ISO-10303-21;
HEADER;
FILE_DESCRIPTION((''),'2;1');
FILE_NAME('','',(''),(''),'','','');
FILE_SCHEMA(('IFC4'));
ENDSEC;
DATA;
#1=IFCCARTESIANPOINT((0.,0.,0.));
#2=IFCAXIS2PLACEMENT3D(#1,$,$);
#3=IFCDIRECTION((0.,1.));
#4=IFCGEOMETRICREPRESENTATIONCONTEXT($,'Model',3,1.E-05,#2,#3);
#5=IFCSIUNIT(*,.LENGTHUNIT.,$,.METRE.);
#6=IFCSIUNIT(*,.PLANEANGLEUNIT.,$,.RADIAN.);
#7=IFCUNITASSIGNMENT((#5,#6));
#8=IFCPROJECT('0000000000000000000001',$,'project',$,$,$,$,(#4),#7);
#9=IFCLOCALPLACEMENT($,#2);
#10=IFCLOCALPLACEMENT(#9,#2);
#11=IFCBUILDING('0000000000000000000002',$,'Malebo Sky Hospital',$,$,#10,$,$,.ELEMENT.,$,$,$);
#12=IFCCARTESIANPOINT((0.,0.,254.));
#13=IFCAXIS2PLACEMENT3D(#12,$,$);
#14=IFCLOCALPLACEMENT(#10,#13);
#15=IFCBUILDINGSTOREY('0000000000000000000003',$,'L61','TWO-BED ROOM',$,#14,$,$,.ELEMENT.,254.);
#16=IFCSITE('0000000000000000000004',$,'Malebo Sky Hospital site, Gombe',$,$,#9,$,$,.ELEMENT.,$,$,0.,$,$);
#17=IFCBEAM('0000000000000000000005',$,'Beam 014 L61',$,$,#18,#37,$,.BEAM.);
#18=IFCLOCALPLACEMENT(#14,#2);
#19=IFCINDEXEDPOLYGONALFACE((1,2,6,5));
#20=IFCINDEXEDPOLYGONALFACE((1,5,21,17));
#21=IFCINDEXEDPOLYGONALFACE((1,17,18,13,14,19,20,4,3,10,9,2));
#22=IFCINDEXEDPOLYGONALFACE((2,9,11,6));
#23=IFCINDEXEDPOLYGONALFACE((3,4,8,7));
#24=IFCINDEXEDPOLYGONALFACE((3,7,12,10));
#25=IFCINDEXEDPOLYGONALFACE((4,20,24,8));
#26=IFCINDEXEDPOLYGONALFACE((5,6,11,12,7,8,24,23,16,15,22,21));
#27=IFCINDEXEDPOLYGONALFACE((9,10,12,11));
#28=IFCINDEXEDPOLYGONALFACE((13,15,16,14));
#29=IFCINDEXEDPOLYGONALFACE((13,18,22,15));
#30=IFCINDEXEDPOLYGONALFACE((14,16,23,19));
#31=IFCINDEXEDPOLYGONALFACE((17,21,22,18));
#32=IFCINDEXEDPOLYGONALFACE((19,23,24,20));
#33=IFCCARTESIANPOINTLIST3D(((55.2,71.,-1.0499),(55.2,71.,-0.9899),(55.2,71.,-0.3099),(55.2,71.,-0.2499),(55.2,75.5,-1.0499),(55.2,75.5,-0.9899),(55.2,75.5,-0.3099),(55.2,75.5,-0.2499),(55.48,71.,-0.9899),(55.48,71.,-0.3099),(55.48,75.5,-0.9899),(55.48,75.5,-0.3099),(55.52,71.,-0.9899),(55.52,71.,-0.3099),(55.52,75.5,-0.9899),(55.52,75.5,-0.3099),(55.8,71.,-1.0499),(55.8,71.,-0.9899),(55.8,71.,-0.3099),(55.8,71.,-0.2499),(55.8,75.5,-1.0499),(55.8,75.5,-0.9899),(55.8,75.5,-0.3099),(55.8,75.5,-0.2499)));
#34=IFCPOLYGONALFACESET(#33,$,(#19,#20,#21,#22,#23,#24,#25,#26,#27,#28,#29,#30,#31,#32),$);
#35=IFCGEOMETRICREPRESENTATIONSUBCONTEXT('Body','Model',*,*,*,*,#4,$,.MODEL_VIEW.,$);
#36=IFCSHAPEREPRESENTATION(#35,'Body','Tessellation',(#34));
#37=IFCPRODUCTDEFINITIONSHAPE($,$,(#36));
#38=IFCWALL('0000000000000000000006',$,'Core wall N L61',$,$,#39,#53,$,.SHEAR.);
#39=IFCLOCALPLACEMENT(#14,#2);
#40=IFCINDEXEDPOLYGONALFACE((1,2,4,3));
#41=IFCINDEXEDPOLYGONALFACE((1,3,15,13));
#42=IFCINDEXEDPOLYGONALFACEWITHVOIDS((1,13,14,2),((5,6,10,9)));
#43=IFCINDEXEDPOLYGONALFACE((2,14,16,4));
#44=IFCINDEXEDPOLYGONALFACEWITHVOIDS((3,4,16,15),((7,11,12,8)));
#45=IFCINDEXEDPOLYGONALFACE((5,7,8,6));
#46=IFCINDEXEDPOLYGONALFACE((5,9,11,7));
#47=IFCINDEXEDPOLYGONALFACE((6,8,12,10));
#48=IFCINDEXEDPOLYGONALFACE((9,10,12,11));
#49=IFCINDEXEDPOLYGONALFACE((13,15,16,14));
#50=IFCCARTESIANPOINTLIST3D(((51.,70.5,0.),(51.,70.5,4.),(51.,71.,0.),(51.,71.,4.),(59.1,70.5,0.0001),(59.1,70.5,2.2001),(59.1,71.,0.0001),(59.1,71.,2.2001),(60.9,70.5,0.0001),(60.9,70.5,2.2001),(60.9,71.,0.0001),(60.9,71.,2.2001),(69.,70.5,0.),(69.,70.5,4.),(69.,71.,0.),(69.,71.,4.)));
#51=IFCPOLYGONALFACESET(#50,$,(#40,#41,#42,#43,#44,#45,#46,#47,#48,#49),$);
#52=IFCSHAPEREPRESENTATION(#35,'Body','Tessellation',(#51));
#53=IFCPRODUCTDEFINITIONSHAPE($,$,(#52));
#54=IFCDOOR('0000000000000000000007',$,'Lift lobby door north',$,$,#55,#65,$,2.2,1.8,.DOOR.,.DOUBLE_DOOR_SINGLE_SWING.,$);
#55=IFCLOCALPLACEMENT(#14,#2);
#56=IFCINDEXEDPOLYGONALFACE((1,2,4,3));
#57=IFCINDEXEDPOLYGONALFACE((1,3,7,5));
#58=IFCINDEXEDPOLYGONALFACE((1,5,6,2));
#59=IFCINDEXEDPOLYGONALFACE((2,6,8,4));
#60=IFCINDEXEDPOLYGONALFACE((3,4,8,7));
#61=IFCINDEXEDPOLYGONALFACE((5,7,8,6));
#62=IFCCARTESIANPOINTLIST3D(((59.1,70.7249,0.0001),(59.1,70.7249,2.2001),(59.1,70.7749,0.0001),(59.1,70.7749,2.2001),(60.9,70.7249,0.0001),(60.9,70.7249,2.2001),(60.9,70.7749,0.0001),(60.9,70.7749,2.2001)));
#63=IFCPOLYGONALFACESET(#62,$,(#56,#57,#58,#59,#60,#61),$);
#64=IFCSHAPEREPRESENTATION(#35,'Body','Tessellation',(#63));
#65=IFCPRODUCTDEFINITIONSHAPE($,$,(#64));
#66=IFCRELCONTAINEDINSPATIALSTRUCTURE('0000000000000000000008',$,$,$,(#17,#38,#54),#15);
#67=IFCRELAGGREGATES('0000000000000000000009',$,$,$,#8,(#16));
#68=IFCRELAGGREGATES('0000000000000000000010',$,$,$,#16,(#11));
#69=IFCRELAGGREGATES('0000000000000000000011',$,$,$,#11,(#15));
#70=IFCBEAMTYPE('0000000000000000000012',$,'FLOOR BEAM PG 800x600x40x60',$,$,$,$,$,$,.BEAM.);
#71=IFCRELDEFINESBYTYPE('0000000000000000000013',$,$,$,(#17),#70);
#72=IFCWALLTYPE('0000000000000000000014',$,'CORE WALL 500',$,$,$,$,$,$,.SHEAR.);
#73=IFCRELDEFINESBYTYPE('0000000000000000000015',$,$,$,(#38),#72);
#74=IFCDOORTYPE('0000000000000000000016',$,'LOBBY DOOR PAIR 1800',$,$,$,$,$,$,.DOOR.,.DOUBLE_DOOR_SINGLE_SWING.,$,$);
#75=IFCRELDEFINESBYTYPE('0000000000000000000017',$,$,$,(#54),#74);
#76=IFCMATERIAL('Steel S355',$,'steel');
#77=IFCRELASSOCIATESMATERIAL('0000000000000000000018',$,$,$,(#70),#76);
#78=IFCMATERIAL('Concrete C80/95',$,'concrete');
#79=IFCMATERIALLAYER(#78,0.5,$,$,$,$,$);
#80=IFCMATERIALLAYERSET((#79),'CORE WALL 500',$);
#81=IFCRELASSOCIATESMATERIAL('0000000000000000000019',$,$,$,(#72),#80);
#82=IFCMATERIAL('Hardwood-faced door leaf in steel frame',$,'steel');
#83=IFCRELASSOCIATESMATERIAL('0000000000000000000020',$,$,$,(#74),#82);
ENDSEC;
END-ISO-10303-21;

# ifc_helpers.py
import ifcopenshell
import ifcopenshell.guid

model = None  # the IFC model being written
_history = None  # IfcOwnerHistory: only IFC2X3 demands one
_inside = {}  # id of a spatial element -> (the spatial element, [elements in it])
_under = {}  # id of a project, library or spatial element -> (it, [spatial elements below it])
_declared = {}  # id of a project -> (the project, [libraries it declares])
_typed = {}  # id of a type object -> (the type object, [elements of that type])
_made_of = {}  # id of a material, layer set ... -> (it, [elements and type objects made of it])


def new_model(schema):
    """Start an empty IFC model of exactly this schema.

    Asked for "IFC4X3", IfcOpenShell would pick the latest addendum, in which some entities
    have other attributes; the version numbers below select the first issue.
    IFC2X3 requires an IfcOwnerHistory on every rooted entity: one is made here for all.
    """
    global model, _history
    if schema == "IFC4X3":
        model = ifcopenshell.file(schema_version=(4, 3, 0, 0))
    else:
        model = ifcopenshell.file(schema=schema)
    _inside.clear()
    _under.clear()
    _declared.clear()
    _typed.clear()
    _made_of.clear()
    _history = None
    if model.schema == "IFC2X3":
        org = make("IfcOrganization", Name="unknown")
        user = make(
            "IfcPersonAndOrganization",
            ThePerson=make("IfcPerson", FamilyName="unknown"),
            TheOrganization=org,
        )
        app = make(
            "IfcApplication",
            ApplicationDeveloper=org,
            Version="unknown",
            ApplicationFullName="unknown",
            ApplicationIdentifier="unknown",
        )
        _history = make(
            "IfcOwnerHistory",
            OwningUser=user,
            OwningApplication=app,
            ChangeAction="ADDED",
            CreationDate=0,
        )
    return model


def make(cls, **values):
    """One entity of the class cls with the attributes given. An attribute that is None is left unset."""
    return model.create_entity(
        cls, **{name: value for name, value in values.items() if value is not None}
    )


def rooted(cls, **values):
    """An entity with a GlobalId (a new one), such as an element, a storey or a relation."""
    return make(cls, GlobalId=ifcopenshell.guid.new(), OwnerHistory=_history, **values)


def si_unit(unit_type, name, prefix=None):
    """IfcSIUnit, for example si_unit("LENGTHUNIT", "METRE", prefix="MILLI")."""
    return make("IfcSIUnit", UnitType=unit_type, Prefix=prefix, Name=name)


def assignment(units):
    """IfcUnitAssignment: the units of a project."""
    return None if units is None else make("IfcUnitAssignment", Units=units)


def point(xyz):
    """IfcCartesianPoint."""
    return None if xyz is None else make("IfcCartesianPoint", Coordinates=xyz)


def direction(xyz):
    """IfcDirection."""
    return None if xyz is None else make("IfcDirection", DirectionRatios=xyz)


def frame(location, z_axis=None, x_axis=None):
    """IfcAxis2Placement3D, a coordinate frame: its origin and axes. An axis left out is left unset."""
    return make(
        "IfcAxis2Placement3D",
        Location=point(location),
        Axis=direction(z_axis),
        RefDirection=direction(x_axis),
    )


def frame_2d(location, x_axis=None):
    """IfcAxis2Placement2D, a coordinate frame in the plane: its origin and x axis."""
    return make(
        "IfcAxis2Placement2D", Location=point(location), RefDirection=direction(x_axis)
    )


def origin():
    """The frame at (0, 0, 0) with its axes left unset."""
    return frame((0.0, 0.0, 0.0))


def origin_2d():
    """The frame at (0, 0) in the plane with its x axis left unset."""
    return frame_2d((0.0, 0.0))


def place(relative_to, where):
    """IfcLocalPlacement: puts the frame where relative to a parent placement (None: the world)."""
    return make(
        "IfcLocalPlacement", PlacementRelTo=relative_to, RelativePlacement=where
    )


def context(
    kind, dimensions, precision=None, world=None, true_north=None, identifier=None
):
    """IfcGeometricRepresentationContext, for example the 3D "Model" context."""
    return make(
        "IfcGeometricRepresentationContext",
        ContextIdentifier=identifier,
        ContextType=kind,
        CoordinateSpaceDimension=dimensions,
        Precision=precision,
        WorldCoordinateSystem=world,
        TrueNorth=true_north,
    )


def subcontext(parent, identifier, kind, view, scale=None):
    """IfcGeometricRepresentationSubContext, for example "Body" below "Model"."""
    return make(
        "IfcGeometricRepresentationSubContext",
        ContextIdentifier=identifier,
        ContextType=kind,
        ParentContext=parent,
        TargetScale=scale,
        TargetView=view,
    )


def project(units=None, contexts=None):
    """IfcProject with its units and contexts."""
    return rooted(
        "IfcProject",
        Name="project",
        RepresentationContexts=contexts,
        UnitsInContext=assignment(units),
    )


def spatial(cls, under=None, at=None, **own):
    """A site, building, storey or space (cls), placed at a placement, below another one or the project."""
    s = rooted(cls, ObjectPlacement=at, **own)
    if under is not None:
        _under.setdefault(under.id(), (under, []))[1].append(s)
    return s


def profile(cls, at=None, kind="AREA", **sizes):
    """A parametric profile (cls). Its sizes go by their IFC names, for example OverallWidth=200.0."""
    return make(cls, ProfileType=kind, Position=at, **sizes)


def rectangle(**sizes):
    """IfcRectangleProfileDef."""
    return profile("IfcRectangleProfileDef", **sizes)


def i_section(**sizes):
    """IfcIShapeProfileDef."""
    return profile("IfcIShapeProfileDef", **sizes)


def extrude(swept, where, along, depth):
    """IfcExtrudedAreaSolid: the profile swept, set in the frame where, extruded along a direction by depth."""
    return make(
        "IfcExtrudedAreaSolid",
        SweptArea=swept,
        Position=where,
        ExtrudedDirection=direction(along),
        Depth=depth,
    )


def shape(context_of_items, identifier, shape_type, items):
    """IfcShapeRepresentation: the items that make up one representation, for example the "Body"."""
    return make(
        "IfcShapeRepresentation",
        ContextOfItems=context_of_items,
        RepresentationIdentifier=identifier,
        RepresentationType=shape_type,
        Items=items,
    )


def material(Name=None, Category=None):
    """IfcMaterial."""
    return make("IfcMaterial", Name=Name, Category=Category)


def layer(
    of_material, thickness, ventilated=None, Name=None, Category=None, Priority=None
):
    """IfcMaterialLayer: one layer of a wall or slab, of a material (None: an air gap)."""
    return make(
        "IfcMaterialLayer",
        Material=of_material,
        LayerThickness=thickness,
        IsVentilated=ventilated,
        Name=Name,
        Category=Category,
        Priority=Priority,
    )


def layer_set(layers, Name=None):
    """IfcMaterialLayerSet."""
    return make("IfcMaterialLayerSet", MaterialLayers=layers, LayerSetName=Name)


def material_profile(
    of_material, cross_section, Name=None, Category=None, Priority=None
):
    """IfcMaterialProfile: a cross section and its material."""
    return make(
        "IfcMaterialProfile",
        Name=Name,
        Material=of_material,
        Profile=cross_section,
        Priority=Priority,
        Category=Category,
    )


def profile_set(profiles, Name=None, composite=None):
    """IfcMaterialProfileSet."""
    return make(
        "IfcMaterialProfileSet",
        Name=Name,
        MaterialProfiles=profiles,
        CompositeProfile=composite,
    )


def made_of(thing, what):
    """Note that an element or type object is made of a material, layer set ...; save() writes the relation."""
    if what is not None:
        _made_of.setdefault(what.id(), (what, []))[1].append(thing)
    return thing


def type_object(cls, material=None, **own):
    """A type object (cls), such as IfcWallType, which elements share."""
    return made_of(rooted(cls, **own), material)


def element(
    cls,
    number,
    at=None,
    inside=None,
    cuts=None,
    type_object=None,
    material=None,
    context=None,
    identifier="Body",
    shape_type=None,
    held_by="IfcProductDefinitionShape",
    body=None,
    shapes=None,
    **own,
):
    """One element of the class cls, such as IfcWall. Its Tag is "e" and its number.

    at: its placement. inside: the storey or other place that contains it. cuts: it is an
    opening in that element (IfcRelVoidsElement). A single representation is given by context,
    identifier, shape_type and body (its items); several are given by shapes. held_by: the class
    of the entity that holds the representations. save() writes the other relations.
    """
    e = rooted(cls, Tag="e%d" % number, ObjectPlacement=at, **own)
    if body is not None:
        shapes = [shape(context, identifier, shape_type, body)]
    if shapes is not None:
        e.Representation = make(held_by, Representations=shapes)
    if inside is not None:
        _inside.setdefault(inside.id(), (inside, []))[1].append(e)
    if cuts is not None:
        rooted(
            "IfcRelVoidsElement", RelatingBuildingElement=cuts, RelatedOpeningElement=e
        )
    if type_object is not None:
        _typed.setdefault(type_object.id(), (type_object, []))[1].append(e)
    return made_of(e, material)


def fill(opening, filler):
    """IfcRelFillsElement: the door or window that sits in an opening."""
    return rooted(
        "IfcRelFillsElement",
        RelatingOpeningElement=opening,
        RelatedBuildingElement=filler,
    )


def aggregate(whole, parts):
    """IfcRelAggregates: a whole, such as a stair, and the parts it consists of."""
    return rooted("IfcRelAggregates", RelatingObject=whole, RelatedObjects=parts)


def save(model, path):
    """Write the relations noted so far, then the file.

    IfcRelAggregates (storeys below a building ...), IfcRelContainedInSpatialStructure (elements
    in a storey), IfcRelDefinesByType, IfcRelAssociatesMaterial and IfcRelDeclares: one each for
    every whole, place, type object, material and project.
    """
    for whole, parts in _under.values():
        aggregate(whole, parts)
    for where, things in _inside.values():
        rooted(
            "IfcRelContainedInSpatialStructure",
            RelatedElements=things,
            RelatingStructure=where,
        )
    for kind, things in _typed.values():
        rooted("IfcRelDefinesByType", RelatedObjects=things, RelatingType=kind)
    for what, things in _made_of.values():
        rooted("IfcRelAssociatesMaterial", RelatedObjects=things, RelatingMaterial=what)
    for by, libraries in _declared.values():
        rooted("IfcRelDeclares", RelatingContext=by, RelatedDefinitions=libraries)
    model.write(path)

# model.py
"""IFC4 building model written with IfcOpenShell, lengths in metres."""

from ifc_helpers import new_model, si_unit, direction, frame, frame_2d, origin, origin_2d, place, context, subcontext, project, spatial, rectangle, i_section, extrude, material, layer, layer_set, material_profile, profile_set, type_object, element, fill, save


model = new_model("IFC4")

# Units and contexts
model_context = context("Model", 3, precision=1e-05, world=origin(), true_north=direction((0.0, 1.0)))
body_context = subcontext(model_context, "Body", "Model", "MODEL_VIEW")
ifc_project = project(units=[si_unit("LENGTHUNIT", "METRE"), si_unit("PLANEANGLEUNIT", "RADIAN")], contexts=[model_context])

# Site, building, storey
site_placement = place(None, origin())
site = spatial("IfcSite", under=ifc_project, at=site_placement, Name="Malebo Sky Hospital site, Gombe", CompositionType="ELEMENT", RefElevation=0.0)
building_placement = place(site_placement, origin())
building = spatial("IfcBuilding", under=site, at=building_placement, Name="Malebo Sky Hospital", CompositionType="ELEMENT")
storey_placement = place(building_placement, frame((0.0, 0.0, 254.0)))
storey = spatial("IfcBuildingStorey", under=building, at=storey_placement, Name="L61", Description="TWO-BED ROOM", CompositionType="ELEMENT", Elevation=254.0)

# Beam
ifc_material_1 = material(Name="Steel S355", Category="steel")
ifc_material_profile = material_profile(ifc_material_1, i_section(OverallWidth=0.6001, OverallDepth=0.8, WebThickness=0.04, FlangeThickness=0.0601, at=origin_2d()), Name="PG 800x600x40x60")
ifc_profile_set = profile_set([ifc_material_profile], Name="Steel S355")
beam_type = type_object("IfcBeamType", Name="FLOOR BEAM PG 800x600x40x60", PredefinedType="BEAM", material=ifc_profile_set)
beam_placement = place(storey_placement, frame((55.5, 71.0, -0.6499), z_axis=(0.0, 1.0, 0.0), x_axis=(-1.0, 0.0, 0.0)))
element("IfcBeam", 1, at=beam_placement, inside=storey, type_object=beam_type, Name="Beam 014 L61", PredefinedType="BEAM", context=body_context, shape_type="SweptSolid", body=[
    extrude(i_section(OverallWidth=0.6001, OverallDepth=0.8, WebThickness=0.04, FlangeThickness=0.0601, at=origin_2d()), origin(), (0.0, 0.0, 1.0), 4.5),
])

# Wall, opening, door
ifc_material_2 = material(Name="Concrete C80/95", Category="concrete")
ifc_layer_1 = layer(ifc_material_2, 0.5)
ifc_layer_set_1 = layer_set([ifc_layer_1], Name="CORE WALL 500")
wall_type_1 = type_object("IfcWallType", Name="CORE WALL 500", PredefinedType="SHEAR", material=ifc_layer_set_1)
wall_1_placement = place(storey_placement, frame((51.0, 70.75, 0.0), z_axis=(0.0, 0.0, 1.0), x_axis=(1.0, 0.0, 0.0)))
wall_1 = element("IfcWall", 2, at=wall_1_placement, inside=storey, type_object=wall_type_1, Name="Core wall N L61", PredefinedType="SHEAR", context=body_context, shape_type="SweptSolid", body=[
    extrude(rectangle(XDim=18.0, YDim=0.5, at=frame_2d((9.0, 0.0))), origin(), (0.0, 0.0, 1.0), 4.0),
])
opening_1_placement = place(wall_1_placement, frame((8.1001, 0.0, 0.0)))
opening_1 = element("IfcOpeningElement", 3, at=opening_1_placement, cuts=wall_1, PredefinedType="OPENING", context=body_context, shape_type="SweptSolid", body=[
    extrude(rectangle(XDim=1.8, YDim=2.2, at=frame_2d((0.8999, 1.1001))), frame((0.0, 0.26, 0.0), z_axis=(0.0, -1.0, 0.0), x_axis=(1.0, 0.0, 0.0)), (0.0, 0.0, 1.0), 0.52),
])
ifc_material_3 = material(Name="Hardwood-faced door leaf in steel frame", Category="steel")
door_type_1 = type_object("IfcDoorType", Name="LOBBY DOOR PAIR 1800", OperationType="DOUBLE_DOOR_SINGLE_SWING", PredefinedType="DOOR", material=ifc_material_3)
door_1_placement = place(opening_1_placement, origin())
door_1 = element("IfcDoor", 4, at=door_1_placement, inside=storey, type_object=door_type_1, Name="Lift lobby door north", OperationType="DOUBLE_DOOR_SINGLE_SWING", OverallHeight=2.2, OverallWidth=1.8, PredefinedType="DOOR", context=body_context, shape_type="SweptSolid", body=[
    extrude(rectangle(XDim=1.8, YDim=2.2, at=frame_2d((0.8999, 1.1001))), frame((0.0, 0.0249, 0.0), z_axis=(0.0, -1.0, 0.0), x_axis=(1.0, 0.0, 0.0)), (0.0, 0.0, 1.0), 0.05),
])
fill(opening_1, door_1)

save(model, "model.ifc")
